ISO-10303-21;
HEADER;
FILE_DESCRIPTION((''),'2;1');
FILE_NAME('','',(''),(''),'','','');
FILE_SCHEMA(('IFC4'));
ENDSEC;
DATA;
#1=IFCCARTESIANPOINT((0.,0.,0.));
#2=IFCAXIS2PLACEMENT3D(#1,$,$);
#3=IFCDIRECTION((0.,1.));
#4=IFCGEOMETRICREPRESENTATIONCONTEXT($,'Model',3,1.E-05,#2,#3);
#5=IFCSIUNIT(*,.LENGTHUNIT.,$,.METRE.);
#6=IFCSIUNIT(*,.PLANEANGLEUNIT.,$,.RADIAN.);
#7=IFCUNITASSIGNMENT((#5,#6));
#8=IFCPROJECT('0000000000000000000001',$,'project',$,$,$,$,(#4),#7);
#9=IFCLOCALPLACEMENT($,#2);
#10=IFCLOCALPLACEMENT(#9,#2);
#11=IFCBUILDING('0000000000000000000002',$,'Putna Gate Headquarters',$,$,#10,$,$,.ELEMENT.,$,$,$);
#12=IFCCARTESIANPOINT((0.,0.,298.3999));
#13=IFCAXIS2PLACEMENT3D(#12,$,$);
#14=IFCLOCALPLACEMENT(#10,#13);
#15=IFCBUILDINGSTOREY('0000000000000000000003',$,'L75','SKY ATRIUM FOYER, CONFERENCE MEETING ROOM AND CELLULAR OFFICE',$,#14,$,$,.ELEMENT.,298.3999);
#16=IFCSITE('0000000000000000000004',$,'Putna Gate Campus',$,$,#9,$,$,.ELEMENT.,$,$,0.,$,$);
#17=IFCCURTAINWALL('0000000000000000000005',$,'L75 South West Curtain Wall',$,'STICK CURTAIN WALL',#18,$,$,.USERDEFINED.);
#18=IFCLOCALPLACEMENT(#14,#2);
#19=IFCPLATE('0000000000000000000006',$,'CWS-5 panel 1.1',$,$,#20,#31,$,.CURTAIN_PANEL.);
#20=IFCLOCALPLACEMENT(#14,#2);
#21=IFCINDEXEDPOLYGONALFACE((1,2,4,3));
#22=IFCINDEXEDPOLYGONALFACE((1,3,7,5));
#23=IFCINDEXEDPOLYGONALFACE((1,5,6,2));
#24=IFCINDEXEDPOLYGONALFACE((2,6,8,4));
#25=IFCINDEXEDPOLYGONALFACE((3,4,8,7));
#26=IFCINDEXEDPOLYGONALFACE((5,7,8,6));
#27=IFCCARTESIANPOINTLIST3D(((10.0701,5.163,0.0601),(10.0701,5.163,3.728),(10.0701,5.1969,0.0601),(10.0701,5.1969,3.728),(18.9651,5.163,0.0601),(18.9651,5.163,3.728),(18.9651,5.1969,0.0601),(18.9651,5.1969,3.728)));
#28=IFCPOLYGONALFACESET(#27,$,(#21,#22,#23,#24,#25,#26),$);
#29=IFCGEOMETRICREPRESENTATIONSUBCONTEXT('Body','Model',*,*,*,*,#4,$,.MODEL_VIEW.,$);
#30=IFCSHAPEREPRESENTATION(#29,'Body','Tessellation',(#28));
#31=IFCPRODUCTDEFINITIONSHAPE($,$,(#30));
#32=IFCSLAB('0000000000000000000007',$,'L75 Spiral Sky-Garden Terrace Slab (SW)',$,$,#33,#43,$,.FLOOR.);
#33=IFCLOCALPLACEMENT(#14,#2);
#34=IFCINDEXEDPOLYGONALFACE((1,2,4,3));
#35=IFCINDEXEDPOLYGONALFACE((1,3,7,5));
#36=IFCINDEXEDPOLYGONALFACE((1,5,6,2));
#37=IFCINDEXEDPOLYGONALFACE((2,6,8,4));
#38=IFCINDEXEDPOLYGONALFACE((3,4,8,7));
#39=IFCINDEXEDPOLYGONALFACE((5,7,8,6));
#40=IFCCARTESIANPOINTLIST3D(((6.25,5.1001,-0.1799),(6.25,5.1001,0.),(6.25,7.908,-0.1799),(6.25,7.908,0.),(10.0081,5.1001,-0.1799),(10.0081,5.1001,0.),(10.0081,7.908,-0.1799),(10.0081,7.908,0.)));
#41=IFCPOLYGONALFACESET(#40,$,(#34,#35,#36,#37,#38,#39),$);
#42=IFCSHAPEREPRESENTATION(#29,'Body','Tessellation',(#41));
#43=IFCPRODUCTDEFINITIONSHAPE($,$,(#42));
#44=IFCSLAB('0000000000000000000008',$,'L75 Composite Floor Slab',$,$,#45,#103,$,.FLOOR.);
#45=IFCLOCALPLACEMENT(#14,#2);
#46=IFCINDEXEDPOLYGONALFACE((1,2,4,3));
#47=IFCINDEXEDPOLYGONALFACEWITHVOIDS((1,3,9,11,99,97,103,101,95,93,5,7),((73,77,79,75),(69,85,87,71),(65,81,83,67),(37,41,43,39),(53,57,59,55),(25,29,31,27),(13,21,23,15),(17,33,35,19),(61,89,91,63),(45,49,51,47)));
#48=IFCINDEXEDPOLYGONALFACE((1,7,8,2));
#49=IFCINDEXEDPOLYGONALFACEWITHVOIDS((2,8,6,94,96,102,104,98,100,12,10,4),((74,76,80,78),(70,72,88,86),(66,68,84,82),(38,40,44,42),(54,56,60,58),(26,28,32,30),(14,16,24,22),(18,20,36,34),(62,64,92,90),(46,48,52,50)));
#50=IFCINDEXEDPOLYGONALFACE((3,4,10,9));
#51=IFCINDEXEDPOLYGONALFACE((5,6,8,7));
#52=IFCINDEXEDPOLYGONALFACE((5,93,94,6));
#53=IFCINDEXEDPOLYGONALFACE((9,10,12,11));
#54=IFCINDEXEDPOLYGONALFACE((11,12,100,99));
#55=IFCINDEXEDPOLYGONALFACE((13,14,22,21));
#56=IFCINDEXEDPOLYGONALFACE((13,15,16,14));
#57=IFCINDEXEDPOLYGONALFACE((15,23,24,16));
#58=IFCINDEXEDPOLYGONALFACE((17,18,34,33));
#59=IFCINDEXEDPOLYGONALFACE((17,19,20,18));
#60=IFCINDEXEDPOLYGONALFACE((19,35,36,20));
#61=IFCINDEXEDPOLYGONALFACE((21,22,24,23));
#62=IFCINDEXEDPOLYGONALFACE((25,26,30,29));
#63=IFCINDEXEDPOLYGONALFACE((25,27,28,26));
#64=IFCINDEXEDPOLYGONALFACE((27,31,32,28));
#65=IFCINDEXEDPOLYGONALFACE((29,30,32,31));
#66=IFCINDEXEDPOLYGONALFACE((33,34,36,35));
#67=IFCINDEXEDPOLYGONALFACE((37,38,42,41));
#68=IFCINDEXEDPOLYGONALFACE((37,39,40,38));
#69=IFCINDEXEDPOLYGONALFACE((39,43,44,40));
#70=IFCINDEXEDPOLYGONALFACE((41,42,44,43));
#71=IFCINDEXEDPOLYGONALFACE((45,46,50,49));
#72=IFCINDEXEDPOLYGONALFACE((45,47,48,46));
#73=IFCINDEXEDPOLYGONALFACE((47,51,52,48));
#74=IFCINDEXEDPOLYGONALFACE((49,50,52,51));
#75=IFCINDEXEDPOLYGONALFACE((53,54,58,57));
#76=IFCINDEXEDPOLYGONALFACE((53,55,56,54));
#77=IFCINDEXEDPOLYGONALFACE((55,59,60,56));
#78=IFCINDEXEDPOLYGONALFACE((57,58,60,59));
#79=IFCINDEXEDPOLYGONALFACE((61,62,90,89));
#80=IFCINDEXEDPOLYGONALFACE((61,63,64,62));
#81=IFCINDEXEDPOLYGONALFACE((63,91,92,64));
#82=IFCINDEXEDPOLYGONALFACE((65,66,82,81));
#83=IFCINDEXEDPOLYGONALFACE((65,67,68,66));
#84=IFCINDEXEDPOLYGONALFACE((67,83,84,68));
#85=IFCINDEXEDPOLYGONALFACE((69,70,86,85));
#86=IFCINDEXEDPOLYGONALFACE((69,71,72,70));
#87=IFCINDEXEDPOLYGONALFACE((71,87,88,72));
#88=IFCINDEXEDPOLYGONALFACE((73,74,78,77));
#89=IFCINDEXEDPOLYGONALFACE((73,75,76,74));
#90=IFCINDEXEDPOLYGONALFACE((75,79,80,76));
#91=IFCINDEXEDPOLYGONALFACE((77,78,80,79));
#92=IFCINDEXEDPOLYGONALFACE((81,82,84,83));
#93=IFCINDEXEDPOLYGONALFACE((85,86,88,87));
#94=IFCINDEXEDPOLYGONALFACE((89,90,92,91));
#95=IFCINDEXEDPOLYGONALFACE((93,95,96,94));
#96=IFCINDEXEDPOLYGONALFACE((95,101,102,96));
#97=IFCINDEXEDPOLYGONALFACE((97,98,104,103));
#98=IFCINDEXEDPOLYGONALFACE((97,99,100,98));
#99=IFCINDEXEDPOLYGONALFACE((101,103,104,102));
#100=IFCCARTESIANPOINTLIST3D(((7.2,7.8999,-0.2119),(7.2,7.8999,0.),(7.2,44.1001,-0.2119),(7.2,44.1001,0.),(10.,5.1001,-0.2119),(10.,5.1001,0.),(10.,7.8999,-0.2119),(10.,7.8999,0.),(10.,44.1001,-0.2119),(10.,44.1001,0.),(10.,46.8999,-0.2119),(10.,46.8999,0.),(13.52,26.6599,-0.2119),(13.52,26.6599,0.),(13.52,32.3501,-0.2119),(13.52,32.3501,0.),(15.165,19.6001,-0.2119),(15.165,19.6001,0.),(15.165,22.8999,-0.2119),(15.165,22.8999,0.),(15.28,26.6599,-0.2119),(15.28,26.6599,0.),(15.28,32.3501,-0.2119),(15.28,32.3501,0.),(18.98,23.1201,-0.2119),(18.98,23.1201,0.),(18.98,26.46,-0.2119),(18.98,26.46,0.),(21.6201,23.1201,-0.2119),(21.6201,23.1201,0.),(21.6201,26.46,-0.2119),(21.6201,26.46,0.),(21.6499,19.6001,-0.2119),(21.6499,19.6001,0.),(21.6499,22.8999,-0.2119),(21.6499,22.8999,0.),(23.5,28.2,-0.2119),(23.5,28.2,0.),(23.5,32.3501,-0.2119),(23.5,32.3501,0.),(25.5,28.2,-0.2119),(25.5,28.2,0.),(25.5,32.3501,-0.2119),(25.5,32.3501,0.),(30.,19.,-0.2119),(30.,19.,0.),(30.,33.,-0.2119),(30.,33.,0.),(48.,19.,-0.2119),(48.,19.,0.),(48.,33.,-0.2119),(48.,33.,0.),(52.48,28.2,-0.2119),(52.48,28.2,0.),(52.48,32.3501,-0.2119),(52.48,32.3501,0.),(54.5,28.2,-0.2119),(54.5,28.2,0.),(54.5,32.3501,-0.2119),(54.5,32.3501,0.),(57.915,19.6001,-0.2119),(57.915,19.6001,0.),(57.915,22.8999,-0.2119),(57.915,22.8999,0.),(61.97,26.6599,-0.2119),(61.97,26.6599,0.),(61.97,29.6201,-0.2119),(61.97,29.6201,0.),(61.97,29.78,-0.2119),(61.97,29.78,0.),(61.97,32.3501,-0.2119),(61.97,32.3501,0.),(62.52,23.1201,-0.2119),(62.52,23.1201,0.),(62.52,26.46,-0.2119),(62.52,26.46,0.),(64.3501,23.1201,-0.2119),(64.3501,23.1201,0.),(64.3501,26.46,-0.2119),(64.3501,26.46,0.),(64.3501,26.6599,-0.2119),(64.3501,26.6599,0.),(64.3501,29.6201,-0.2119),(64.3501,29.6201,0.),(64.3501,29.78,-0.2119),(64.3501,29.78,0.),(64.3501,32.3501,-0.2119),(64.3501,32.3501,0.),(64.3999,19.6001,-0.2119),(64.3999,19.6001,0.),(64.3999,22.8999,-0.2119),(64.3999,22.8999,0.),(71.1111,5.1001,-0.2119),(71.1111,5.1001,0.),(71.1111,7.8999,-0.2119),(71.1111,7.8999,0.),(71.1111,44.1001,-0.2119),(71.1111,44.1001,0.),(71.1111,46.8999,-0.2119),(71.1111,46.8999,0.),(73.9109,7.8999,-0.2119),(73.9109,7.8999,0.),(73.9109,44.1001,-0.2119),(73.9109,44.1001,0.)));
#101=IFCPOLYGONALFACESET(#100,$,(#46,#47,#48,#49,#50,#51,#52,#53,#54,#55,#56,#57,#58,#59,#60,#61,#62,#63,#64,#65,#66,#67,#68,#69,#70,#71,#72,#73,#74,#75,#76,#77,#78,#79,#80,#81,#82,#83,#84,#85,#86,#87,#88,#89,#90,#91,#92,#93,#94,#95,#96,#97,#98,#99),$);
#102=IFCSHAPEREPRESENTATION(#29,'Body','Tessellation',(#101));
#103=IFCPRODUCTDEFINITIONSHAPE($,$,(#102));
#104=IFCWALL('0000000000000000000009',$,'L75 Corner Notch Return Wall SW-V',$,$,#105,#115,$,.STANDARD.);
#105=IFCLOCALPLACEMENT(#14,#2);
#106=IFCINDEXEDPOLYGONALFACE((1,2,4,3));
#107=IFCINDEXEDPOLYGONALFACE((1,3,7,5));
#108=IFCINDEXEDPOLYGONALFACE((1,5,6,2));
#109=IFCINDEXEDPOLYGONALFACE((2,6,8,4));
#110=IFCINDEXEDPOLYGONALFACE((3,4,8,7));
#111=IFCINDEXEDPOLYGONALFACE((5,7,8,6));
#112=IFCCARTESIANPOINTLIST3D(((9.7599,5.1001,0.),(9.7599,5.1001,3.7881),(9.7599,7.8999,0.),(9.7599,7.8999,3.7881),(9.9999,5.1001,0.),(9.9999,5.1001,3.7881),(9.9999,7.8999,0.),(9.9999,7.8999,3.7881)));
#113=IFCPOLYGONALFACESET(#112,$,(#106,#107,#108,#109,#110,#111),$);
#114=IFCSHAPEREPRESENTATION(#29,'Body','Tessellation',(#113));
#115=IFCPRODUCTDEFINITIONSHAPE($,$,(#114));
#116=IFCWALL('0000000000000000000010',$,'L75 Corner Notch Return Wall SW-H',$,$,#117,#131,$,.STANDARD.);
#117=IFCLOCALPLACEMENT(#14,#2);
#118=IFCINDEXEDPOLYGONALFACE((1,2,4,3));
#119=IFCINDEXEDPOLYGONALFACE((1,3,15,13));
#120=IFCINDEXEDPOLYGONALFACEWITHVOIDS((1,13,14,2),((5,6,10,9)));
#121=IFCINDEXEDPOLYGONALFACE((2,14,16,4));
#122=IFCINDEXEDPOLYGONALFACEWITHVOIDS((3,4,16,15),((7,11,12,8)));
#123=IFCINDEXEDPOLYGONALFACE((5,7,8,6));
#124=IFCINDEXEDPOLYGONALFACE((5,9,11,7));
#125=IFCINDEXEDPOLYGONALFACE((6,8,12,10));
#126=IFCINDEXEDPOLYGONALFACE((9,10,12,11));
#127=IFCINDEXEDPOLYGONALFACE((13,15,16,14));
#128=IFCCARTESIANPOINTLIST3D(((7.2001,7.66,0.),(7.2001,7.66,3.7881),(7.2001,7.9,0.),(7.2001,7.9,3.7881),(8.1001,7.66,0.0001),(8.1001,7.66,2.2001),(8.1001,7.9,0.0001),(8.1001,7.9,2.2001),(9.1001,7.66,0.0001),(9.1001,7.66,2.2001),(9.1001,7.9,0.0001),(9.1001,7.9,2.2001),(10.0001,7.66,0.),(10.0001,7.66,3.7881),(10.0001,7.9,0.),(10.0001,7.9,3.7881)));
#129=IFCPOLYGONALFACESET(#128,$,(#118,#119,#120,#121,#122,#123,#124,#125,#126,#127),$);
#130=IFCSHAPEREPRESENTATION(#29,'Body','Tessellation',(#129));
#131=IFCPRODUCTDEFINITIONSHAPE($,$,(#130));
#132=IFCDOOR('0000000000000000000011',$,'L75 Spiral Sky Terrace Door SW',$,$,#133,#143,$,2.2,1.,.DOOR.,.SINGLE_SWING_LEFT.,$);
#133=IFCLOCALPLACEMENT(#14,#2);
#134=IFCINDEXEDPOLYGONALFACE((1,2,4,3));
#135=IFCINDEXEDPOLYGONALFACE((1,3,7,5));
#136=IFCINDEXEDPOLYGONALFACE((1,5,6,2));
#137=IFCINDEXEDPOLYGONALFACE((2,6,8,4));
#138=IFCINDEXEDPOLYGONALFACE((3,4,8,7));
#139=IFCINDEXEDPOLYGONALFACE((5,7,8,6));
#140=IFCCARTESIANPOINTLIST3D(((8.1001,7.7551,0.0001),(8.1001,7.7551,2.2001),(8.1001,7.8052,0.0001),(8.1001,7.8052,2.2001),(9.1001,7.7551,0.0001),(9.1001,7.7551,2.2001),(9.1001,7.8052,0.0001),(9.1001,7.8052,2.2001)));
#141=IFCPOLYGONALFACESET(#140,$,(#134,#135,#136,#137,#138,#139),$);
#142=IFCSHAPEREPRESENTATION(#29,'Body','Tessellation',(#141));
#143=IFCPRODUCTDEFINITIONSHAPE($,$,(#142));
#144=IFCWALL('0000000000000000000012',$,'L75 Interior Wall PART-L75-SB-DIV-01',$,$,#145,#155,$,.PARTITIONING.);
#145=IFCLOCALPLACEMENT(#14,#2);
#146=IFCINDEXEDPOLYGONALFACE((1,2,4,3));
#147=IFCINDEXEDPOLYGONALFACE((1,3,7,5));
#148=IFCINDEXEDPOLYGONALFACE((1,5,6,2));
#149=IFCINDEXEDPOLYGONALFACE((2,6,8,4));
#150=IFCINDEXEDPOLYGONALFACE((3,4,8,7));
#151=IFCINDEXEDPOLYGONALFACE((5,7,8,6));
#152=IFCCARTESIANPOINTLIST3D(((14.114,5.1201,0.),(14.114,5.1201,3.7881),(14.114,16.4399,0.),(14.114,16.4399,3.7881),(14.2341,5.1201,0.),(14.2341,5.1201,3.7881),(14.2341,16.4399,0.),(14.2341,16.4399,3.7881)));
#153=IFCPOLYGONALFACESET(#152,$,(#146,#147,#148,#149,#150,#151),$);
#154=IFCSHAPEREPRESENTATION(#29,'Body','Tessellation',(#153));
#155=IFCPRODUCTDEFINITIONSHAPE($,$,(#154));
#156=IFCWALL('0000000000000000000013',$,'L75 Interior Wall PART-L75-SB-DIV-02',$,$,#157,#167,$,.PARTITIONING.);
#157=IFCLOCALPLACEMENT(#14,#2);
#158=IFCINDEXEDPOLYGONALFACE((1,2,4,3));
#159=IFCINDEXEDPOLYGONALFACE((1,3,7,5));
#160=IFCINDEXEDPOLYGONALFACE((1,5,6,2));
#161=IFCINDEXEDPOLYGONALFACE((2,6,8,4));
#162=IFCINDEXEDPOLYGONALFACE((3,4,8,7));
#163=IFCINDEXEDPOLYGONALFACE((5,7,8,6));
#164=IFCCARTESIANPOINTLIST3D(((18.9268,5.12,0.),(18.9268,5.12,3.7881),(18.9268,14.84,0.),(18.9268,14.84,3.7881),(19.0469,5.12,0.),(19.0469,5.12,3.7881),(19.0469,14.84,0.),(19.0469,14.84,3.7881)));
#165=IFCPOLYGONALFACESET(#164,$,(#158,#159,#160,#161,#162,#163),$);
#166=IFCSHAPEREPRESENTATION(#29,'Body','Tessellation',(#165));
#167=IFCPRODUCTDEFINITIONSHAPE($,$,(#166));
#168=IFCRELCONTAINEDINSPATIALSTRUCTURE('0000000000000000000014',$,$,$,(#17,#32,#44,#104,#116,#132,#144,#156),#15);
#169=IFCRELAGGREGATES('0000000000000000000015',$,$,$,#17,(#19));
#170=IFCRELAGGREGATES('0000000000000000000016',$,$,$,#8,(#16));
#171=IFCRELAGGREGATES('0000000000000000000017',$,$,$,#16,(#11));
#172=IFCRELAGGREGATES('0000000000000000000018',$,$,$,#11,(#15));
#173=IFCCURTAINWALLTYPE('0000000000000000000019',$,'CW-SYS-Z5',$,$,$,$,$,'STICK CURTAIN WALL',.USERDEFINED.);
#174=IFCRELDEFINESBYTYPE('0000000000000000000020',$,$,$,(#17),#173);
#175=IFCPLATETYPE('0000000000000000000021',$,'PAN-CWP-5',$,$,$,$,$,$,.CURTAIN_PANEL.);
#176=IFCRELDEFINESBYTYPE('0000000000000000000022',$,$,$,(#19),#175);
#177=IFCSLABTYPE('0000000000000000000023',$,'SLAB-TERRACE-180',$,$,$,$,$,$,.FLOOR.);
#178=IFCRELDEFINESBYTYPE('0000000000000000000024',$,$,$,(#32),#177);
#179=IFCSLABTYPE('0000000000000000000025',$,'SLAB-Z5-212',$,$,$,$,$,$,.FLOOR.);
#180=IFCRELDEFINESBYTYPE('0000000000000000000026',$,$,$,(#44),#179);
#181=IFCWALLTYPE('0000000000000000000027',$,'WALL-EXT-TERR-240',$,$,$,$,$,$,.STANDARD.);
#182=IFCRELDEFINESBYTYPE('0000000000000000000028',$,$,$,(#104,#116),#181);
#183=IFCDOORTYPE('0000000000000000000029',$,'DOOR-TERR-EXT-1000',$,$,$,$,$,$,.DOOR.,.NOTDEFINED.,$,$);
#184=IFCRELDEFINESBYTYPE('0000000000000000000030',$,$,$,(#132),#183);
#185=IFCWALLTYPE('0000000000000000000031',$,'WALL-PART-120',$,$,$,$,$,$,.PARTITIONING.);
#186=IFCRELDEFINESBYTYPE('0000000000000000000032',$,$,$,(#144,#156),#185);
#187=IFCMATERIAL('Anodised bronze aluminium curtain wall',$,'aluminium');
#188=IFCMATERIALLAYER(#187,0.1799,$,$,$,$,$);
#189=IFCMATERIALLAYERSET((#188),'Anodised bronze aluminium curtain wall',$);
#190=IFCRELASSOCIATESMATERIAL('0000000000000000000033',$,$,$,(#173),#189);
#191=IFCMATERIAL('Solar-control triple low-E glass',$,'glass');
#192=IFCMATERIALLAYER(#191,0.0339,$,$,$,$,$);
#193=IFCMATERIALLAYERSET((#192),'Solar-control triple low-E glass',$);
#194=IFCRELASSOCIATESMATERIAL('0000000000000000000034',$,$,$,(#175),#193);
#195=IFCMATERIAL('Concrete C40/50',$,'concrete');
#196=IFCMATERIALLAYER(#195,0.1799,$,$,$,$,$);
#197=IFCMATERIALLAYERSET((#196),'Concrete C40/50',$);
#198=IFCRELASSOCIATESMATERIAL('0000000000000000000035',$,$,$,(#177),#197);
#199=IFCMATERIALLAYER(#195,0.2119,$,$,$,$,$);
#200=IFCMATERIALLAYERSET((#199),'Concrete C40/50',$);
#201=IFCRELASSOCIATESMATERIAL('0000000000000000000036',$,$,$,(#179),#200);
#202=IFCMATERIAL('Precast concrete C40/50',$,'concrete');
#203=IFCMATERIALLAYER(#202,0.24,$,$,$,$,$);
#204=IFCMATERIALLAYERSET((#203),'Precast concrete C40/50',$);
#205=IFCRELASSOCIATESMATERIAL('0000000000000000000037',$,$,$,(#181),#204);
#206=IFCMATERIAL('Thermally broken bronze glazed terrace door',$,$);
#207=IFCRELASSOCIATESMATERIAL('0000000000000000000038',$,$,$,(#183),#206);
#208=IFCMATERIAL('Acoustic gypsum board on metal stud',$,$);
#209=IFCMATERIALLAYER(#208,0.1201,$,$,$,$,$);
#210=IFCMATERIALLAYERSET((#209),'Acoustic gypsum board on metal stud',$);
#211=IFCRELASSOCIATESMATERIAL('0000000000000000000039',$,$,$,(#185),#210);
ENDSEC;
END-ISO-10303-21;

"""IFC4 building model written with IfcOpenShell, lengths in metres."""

from ifc_helpers import new_model, si_unit, direction, frame, frame_2d, origin, origin_2d, place, context, subcontext, project, spatial, polyline, rectangle, outline, extrude, material, layer, layer_set, type_object, element, fill, aggregate, save


model = new_model("IFC4")

# Units and contexts
model_context = context("Model", 3, precision=1e-05, world=origin(), true_north=direction((0.0, 1.0)))
body_context = subcontext(model_context, "Body", "Model", "MODEL_VIEW")
ifc_project = project(units=[si_unit("LENGTHUNIT", "METRE"), si_unit("PLANEANGLEUNIT", "RADIAN")], contexts=[model_context])

# Site, building, storey
site_placement = place(None, origin())
site = spatial("IfcSite", under=ifc_project, at=site_placement, Name="Putna Gate Campus", CompositionType="ELEMENT", RefElevation=0.0)
building_placement = place(site_placement, origin())
building = spatial("IfcBuilding", under=site, at=building_placement, Name="Putna Gate Headquarters", CompositionType="ELEMENT")
storey_placement = place(building_placement, frame((0.0, 0.0, 298.3999)))
storey = spatial("IfcBuildingStorey", under=building, at=storey_placement, Name="L75", Description="SKY ATRIUM FOYER, CONFERENCE MEETING ROOM AND CELLULAR OFFICE", CompositionType="ELEMENT", Elevation=298.3999)

# Curtain wall
ifc_material_1 = material(Name="Anodised bronze aluminium curtain wall", Category="aluminium")
ifc_layer_1 = layer(ifc_material_1, 0.1799)
ifc_layer_set_1 = layer_set([ifc_layer_1], Name="Anodised bronze aluminium curtain wall")
curtain_wall_type = type_object("IfcCurtainWallType", Name="CW-SYS-Z5", ElementType="STICK CURTAIN WALL", PredefinedType="USERDEFINED", material=ifc_layer_set_1)
curtain_wall_1_placement = place(storey_placement, origin())
curtain_wall_1 = element("IfcCurtainWall", 1, at=curtain_wall_1_placement, inside=storey, type_object=curtain_wall_type, Name="L75 South West Curtain Wall", ObjectType="STICK CURTAIN WALL", PredefinedType="USERDEFINED")

# Shared definitions
ifc_material_2 = material(Name="Concrete C40/50", Category="concrete")

# Plate
ifc_material_3 = material(Name="Solar-control triple low-E glass", Category="glass")
ifc_layer_2 = layer(ifc_material_3, 0.0339)
ifc_layer_set_2 = layer_set([ifc_layer_2], Name="Solar-control triple low-E glass")
plate_type = type_object("IfcPlateType", Name="PAN-CWP-5", PredefinedType="CURTAIN_PANEL", material=ifc_layer_set_2)
plate_placement = place(storey_placement, frame((14.5176, 5.1799, 0.0601), z_axis=(0.0, 0.0, 1.0), x_axis=(1.0, 0.0, 0.0)))
plate = element("IfcPlate", 2, at=plate_placement, type_object=plate_type, Name="CWS-5 panel 1.1", PredefinedType="CURTAIN_PANEL", context=body_context, shape_type="SweptSolid", body=[
    extrude(rectangle(XDim=8.895, YDim=0.0339, at=origin_2d()), origin(), (0.0, 0.0, 1.0), 3.668),
])
aggregate(curtain_wall_1, [plate])

# Slabs
ifc_layer_3 = layer(ifc_material_2, 0.1799)
ifc_layer_set_3 = layer_set([ifc_layer_3], Name="Concrete C40/50")
slab_type_1 = type_object("IfcSlabType", Name="SLAB-TERRACE-180", PredefinedType="FLOOR", material=ifc_layer_set_3)
slab_1_placement = place(storey_placement, frame((0.0, 0.0, -0.1799)))
element("IfcSlab", 3, at=slab_1_placement, inside=storey, type_object=slab_type_1, Name="L75 Spiral Sky-Garden Terrace Slab (SW)", PredefinedType="FLOOR", context=body_context, shape_type="SweptSolid", body=[
    extrude(outline(polyline([(6.25, 5.1001), (10.0081, 5.1001), (10.0081, 7.908), (6.25, 7.908), (6.25, 5.1001)])), origin(), (0.0, 0.0, 1.0), 0.1799),
])
ifc_layer_4 = layer(ifc_material_2, 0.2119)
ifc_layer_set_4 = layer_set([ifc_layer_4], Name="Concrete C40/50")
slab_type_2 = type_object("IfcSlabType", Name="SLAB-Z5-212", PredefinedType="FLOOR", material=ifc_layer_set_4)
slab_2_placement = place(storey_placement, frame((0.0, 0.0, -0.2119)))
element("IfcSlab", 4, at=slab_2_placement, inside=storey, type_object=slab_type_2, Name="L75 Composite Floor Slab", PredefinedType="FLOOR", context=body_context, shape_type="SweptSolid", body=[
    extrude(outline(polyline([(10.0, 5.1001), (71.1111, 5.1001), (71.1111, 7.8999), (73.9109, 7.8999), (73.9109, 44.1001), (71.1111, 44.1001), (71.1111, 46.8999), (10.0, 46.8999), (10.0, 44.1001), (7.2, 44.1001), (7.2, 7.8999), (10.0, 7.8999), (10.0, 5.1001)]), holes=[polyline([(15.165, 19.6001), (21.6499, 19.6001), (21.6499, 22.8999), (15.165, 22.8999), (15.165, 19.6001)]), polyline([(57.915, 19.6001), (64.3999, 19.6001), (64.3999, 22.8999), (57.915, 22.8999), (57.915, 19.6001)]), polyline([(13.52, 26.6599), (15.28, 26.6599), (15.28, 32.3501), (13.52, 32.3501), (13.52, 26.6599)]), polyline([(61.97, 29.78), (64.3501, 29.78), (64.3501, 32.3501), (61.97, 32.3501), (61.97, 29.78)]), polyline([(18.98, 23.1201), (21.6201, 23.1201), (21.6201, 26.46), (18.98, 26.46), (18.98, 23.1201)]), polyline([(62.52, 23.1201), (64.3501, 23.1201), (64.3501, 26.46), (62.52, 26.46), (62.52, 23.1201)]), polyline([(61.97, 26.6599), (64.3501, 26.6599), (64.3501, 29.6201), (61.97, 29.6201), (61.97, 26.6599)]), polyline([(23.5, 28.2), (25.5, 28.2), (25.5, 32.3501), (23.5, 32.3501), (23.5, 28.2)]), polyline([(52.48, 28.2), (54.5, 28.2), (54.5, 32.3501), (52.48, 32.3501), (52.48, 28.2)]), polyline([(30.0, 19.0), (48.0, 19.0), (48.0, 33.0), (30.0, 33.0), (30.0, 19.0)])]), origin(), (0.0, 0.0, 1.0), 0.2119),
])

# Wall
ifc_material_4 = material(Name="Precast concrete C40/50", Category="concrete")
ifc_layer_5 = layer(ifc_material_4, 0.24)
ifc_layer_set_5 = layer_set([ifc_layer_5], Name="Precast concrete C40/50")
wall_type_1 = type_object("IfcWallType", Name="WALL-EXT-TERR-240", PredefinedType="STANDARD", material=ifc_layer_set_5)
wall_1_placement = place(storey_placement, frame((9.8799, 5.1001, 0.0), z_axis=(0.0, 0.0, 1.0), x_axis=(0.0, 1.0, 0.0)))
element("IfcWall", 5, at=wall_1_placement, inside=storey, type_object=wall_type_1, Name="L75 Corner Notch Return Wall SW-V", PredefinedType="STANDARD", context=body_context, shape_type="SweptSolid", body=[
    extrude(rectangle(XDim=2.7998, YDim=0.24, at=frame_2d((1.3999, 0.0))), origin(), (0.0, 0.0, 1.0), 3.7881),
])

# Wall, opening, door
wall_2_placement = place(storey_placement, frame((10.0, 7.78, 0.0), z_axis=(0.0, 0.0, 1.0), x_axis=(-1.0, 0.0, 0.0)))
wall_2 = element("IfcWall", 6, at=wall_2_placement, inside=storey, type_object=wall_type_1, Name="L75 Corner Notch Return Wall SW-H", PredefinedType="STANDARD", context=body_context, shape_type="SweptSolid", body=[
    extrude(rectangle(XDim=2.8, YDim=0.24, at=frame_2d((1.3999, 0.0))), origin(), (0.0, 0.0, 1.0), 3.7881),
])
opening_placement = place(wall_2_placement, frame((0.8999, 0.0, 0.0)))
opening = element("IfcOpeningElement", 7, at=opening_placement, cuts=wall_2, PredefinedType="OPENING", context=body_context, shape_type="SweptSolid", body=[
    extrude(rectangle(XDim=1.0, YDim=2.2, at=frame_2d((0.5, 1.1001))), frame((0.0, 0.1299, 0.0), z_axis=(0.0, -1.0, 0.0), x_axis=(1.0, 0.0, 0.0)), (0.0, 0.0, 1.0), 0.26),
])
ifc_material_5 = material(Name="Thermally broken bronze glazed terrace door")
door_type = type_object("IfcDoorType", Name="DOOR-TERR-EXT-1000", OperationType="NOTDEFINED", PredefinedType="DOOR", material=ifc_material_5)
door_placement = place(opening_placement, origin())
door = element("IfcDoor", 8, at=door_placement, inside=storey, type_object=door_type, Name="L75 Spiral Sky Terrace Door SW", OperationType="SINGLE_SWING_LEFT", OverallHeight=2.2, OverallWidth=1.0, PredefinedType="DOOR", context=body_context, shape_type="SweptSolid", body=[
    extrude(rectangle(XDim=1.0, YDim=2.2, at=frame_2d((0.5, 1.1001))), frame((0.0, 0.0249, 0.0), z_axis=(0.0, -1.0, 0.0), x_axis=(1.0, 0.0, 0.0)), (0.0, 0.0, 1.0), 0.05),
])
fill(opening, door)

# Walls
ifc_material_6 = material(Name="Acoustic gypsum board on metal stud")
ifc_layer_6 = layer(ifc_material_6, 0.1201)
ifc_layer_set_6 = layer_set([ifc_layer_6], Name="Acoustic gypsum board on metal stud")
wall_type_2 = type_object("IfcWallType", Name="WALL-PART-120", PredefinedType="PARTITIONING", material=ifc_layer_set_6)
wall_3_placement = place(storey_placement, frame((14.1741, 5.1201, 0.0), z_axis=(0.0, 0.0, 1.0), x_axis=(0.0, 1.0, 0.0)))
element("IfcWall", 9, at=wall_3_placement, inside=storey, type_object=wall_type_2, Name="L75 Interior Wall PART-L75-SB-DIV-01", PredefinedType="PARTITIONING", context=body_context, shape_type="SweptSolid", body=[
    extrude(rectangle(XDim=11.3198, YDim=0.1201, at=frame_2d((5.6599, 0.0))), origin(), (0.0, 0.0, 1.0), 3.7881),
])
wall_4_placement = place(storey_placement, frame((18.9868, 5.1201, 0.0), z_axis=(0.0, 0.0, 1.0), x_axis=(0.0, 1.0, 0.0)))
element("IfcWall", 10, at=wall_4_placement, inside=storey, type_object=wall_type_2, Name="L75 Interior Wall PART-L75-SB-DIV-02", PredefinedType="PARTITIONING", context=body_context, shape_type="SweptSolid", body=[
    extrude(rectangle(XDim=9.72, YDim=0.1201, at=frame_2d((4.8599, 0.0))), origin(), (0.0, 0.0, 1.0), 3.7881),
])

save(model, "model.ifc")
